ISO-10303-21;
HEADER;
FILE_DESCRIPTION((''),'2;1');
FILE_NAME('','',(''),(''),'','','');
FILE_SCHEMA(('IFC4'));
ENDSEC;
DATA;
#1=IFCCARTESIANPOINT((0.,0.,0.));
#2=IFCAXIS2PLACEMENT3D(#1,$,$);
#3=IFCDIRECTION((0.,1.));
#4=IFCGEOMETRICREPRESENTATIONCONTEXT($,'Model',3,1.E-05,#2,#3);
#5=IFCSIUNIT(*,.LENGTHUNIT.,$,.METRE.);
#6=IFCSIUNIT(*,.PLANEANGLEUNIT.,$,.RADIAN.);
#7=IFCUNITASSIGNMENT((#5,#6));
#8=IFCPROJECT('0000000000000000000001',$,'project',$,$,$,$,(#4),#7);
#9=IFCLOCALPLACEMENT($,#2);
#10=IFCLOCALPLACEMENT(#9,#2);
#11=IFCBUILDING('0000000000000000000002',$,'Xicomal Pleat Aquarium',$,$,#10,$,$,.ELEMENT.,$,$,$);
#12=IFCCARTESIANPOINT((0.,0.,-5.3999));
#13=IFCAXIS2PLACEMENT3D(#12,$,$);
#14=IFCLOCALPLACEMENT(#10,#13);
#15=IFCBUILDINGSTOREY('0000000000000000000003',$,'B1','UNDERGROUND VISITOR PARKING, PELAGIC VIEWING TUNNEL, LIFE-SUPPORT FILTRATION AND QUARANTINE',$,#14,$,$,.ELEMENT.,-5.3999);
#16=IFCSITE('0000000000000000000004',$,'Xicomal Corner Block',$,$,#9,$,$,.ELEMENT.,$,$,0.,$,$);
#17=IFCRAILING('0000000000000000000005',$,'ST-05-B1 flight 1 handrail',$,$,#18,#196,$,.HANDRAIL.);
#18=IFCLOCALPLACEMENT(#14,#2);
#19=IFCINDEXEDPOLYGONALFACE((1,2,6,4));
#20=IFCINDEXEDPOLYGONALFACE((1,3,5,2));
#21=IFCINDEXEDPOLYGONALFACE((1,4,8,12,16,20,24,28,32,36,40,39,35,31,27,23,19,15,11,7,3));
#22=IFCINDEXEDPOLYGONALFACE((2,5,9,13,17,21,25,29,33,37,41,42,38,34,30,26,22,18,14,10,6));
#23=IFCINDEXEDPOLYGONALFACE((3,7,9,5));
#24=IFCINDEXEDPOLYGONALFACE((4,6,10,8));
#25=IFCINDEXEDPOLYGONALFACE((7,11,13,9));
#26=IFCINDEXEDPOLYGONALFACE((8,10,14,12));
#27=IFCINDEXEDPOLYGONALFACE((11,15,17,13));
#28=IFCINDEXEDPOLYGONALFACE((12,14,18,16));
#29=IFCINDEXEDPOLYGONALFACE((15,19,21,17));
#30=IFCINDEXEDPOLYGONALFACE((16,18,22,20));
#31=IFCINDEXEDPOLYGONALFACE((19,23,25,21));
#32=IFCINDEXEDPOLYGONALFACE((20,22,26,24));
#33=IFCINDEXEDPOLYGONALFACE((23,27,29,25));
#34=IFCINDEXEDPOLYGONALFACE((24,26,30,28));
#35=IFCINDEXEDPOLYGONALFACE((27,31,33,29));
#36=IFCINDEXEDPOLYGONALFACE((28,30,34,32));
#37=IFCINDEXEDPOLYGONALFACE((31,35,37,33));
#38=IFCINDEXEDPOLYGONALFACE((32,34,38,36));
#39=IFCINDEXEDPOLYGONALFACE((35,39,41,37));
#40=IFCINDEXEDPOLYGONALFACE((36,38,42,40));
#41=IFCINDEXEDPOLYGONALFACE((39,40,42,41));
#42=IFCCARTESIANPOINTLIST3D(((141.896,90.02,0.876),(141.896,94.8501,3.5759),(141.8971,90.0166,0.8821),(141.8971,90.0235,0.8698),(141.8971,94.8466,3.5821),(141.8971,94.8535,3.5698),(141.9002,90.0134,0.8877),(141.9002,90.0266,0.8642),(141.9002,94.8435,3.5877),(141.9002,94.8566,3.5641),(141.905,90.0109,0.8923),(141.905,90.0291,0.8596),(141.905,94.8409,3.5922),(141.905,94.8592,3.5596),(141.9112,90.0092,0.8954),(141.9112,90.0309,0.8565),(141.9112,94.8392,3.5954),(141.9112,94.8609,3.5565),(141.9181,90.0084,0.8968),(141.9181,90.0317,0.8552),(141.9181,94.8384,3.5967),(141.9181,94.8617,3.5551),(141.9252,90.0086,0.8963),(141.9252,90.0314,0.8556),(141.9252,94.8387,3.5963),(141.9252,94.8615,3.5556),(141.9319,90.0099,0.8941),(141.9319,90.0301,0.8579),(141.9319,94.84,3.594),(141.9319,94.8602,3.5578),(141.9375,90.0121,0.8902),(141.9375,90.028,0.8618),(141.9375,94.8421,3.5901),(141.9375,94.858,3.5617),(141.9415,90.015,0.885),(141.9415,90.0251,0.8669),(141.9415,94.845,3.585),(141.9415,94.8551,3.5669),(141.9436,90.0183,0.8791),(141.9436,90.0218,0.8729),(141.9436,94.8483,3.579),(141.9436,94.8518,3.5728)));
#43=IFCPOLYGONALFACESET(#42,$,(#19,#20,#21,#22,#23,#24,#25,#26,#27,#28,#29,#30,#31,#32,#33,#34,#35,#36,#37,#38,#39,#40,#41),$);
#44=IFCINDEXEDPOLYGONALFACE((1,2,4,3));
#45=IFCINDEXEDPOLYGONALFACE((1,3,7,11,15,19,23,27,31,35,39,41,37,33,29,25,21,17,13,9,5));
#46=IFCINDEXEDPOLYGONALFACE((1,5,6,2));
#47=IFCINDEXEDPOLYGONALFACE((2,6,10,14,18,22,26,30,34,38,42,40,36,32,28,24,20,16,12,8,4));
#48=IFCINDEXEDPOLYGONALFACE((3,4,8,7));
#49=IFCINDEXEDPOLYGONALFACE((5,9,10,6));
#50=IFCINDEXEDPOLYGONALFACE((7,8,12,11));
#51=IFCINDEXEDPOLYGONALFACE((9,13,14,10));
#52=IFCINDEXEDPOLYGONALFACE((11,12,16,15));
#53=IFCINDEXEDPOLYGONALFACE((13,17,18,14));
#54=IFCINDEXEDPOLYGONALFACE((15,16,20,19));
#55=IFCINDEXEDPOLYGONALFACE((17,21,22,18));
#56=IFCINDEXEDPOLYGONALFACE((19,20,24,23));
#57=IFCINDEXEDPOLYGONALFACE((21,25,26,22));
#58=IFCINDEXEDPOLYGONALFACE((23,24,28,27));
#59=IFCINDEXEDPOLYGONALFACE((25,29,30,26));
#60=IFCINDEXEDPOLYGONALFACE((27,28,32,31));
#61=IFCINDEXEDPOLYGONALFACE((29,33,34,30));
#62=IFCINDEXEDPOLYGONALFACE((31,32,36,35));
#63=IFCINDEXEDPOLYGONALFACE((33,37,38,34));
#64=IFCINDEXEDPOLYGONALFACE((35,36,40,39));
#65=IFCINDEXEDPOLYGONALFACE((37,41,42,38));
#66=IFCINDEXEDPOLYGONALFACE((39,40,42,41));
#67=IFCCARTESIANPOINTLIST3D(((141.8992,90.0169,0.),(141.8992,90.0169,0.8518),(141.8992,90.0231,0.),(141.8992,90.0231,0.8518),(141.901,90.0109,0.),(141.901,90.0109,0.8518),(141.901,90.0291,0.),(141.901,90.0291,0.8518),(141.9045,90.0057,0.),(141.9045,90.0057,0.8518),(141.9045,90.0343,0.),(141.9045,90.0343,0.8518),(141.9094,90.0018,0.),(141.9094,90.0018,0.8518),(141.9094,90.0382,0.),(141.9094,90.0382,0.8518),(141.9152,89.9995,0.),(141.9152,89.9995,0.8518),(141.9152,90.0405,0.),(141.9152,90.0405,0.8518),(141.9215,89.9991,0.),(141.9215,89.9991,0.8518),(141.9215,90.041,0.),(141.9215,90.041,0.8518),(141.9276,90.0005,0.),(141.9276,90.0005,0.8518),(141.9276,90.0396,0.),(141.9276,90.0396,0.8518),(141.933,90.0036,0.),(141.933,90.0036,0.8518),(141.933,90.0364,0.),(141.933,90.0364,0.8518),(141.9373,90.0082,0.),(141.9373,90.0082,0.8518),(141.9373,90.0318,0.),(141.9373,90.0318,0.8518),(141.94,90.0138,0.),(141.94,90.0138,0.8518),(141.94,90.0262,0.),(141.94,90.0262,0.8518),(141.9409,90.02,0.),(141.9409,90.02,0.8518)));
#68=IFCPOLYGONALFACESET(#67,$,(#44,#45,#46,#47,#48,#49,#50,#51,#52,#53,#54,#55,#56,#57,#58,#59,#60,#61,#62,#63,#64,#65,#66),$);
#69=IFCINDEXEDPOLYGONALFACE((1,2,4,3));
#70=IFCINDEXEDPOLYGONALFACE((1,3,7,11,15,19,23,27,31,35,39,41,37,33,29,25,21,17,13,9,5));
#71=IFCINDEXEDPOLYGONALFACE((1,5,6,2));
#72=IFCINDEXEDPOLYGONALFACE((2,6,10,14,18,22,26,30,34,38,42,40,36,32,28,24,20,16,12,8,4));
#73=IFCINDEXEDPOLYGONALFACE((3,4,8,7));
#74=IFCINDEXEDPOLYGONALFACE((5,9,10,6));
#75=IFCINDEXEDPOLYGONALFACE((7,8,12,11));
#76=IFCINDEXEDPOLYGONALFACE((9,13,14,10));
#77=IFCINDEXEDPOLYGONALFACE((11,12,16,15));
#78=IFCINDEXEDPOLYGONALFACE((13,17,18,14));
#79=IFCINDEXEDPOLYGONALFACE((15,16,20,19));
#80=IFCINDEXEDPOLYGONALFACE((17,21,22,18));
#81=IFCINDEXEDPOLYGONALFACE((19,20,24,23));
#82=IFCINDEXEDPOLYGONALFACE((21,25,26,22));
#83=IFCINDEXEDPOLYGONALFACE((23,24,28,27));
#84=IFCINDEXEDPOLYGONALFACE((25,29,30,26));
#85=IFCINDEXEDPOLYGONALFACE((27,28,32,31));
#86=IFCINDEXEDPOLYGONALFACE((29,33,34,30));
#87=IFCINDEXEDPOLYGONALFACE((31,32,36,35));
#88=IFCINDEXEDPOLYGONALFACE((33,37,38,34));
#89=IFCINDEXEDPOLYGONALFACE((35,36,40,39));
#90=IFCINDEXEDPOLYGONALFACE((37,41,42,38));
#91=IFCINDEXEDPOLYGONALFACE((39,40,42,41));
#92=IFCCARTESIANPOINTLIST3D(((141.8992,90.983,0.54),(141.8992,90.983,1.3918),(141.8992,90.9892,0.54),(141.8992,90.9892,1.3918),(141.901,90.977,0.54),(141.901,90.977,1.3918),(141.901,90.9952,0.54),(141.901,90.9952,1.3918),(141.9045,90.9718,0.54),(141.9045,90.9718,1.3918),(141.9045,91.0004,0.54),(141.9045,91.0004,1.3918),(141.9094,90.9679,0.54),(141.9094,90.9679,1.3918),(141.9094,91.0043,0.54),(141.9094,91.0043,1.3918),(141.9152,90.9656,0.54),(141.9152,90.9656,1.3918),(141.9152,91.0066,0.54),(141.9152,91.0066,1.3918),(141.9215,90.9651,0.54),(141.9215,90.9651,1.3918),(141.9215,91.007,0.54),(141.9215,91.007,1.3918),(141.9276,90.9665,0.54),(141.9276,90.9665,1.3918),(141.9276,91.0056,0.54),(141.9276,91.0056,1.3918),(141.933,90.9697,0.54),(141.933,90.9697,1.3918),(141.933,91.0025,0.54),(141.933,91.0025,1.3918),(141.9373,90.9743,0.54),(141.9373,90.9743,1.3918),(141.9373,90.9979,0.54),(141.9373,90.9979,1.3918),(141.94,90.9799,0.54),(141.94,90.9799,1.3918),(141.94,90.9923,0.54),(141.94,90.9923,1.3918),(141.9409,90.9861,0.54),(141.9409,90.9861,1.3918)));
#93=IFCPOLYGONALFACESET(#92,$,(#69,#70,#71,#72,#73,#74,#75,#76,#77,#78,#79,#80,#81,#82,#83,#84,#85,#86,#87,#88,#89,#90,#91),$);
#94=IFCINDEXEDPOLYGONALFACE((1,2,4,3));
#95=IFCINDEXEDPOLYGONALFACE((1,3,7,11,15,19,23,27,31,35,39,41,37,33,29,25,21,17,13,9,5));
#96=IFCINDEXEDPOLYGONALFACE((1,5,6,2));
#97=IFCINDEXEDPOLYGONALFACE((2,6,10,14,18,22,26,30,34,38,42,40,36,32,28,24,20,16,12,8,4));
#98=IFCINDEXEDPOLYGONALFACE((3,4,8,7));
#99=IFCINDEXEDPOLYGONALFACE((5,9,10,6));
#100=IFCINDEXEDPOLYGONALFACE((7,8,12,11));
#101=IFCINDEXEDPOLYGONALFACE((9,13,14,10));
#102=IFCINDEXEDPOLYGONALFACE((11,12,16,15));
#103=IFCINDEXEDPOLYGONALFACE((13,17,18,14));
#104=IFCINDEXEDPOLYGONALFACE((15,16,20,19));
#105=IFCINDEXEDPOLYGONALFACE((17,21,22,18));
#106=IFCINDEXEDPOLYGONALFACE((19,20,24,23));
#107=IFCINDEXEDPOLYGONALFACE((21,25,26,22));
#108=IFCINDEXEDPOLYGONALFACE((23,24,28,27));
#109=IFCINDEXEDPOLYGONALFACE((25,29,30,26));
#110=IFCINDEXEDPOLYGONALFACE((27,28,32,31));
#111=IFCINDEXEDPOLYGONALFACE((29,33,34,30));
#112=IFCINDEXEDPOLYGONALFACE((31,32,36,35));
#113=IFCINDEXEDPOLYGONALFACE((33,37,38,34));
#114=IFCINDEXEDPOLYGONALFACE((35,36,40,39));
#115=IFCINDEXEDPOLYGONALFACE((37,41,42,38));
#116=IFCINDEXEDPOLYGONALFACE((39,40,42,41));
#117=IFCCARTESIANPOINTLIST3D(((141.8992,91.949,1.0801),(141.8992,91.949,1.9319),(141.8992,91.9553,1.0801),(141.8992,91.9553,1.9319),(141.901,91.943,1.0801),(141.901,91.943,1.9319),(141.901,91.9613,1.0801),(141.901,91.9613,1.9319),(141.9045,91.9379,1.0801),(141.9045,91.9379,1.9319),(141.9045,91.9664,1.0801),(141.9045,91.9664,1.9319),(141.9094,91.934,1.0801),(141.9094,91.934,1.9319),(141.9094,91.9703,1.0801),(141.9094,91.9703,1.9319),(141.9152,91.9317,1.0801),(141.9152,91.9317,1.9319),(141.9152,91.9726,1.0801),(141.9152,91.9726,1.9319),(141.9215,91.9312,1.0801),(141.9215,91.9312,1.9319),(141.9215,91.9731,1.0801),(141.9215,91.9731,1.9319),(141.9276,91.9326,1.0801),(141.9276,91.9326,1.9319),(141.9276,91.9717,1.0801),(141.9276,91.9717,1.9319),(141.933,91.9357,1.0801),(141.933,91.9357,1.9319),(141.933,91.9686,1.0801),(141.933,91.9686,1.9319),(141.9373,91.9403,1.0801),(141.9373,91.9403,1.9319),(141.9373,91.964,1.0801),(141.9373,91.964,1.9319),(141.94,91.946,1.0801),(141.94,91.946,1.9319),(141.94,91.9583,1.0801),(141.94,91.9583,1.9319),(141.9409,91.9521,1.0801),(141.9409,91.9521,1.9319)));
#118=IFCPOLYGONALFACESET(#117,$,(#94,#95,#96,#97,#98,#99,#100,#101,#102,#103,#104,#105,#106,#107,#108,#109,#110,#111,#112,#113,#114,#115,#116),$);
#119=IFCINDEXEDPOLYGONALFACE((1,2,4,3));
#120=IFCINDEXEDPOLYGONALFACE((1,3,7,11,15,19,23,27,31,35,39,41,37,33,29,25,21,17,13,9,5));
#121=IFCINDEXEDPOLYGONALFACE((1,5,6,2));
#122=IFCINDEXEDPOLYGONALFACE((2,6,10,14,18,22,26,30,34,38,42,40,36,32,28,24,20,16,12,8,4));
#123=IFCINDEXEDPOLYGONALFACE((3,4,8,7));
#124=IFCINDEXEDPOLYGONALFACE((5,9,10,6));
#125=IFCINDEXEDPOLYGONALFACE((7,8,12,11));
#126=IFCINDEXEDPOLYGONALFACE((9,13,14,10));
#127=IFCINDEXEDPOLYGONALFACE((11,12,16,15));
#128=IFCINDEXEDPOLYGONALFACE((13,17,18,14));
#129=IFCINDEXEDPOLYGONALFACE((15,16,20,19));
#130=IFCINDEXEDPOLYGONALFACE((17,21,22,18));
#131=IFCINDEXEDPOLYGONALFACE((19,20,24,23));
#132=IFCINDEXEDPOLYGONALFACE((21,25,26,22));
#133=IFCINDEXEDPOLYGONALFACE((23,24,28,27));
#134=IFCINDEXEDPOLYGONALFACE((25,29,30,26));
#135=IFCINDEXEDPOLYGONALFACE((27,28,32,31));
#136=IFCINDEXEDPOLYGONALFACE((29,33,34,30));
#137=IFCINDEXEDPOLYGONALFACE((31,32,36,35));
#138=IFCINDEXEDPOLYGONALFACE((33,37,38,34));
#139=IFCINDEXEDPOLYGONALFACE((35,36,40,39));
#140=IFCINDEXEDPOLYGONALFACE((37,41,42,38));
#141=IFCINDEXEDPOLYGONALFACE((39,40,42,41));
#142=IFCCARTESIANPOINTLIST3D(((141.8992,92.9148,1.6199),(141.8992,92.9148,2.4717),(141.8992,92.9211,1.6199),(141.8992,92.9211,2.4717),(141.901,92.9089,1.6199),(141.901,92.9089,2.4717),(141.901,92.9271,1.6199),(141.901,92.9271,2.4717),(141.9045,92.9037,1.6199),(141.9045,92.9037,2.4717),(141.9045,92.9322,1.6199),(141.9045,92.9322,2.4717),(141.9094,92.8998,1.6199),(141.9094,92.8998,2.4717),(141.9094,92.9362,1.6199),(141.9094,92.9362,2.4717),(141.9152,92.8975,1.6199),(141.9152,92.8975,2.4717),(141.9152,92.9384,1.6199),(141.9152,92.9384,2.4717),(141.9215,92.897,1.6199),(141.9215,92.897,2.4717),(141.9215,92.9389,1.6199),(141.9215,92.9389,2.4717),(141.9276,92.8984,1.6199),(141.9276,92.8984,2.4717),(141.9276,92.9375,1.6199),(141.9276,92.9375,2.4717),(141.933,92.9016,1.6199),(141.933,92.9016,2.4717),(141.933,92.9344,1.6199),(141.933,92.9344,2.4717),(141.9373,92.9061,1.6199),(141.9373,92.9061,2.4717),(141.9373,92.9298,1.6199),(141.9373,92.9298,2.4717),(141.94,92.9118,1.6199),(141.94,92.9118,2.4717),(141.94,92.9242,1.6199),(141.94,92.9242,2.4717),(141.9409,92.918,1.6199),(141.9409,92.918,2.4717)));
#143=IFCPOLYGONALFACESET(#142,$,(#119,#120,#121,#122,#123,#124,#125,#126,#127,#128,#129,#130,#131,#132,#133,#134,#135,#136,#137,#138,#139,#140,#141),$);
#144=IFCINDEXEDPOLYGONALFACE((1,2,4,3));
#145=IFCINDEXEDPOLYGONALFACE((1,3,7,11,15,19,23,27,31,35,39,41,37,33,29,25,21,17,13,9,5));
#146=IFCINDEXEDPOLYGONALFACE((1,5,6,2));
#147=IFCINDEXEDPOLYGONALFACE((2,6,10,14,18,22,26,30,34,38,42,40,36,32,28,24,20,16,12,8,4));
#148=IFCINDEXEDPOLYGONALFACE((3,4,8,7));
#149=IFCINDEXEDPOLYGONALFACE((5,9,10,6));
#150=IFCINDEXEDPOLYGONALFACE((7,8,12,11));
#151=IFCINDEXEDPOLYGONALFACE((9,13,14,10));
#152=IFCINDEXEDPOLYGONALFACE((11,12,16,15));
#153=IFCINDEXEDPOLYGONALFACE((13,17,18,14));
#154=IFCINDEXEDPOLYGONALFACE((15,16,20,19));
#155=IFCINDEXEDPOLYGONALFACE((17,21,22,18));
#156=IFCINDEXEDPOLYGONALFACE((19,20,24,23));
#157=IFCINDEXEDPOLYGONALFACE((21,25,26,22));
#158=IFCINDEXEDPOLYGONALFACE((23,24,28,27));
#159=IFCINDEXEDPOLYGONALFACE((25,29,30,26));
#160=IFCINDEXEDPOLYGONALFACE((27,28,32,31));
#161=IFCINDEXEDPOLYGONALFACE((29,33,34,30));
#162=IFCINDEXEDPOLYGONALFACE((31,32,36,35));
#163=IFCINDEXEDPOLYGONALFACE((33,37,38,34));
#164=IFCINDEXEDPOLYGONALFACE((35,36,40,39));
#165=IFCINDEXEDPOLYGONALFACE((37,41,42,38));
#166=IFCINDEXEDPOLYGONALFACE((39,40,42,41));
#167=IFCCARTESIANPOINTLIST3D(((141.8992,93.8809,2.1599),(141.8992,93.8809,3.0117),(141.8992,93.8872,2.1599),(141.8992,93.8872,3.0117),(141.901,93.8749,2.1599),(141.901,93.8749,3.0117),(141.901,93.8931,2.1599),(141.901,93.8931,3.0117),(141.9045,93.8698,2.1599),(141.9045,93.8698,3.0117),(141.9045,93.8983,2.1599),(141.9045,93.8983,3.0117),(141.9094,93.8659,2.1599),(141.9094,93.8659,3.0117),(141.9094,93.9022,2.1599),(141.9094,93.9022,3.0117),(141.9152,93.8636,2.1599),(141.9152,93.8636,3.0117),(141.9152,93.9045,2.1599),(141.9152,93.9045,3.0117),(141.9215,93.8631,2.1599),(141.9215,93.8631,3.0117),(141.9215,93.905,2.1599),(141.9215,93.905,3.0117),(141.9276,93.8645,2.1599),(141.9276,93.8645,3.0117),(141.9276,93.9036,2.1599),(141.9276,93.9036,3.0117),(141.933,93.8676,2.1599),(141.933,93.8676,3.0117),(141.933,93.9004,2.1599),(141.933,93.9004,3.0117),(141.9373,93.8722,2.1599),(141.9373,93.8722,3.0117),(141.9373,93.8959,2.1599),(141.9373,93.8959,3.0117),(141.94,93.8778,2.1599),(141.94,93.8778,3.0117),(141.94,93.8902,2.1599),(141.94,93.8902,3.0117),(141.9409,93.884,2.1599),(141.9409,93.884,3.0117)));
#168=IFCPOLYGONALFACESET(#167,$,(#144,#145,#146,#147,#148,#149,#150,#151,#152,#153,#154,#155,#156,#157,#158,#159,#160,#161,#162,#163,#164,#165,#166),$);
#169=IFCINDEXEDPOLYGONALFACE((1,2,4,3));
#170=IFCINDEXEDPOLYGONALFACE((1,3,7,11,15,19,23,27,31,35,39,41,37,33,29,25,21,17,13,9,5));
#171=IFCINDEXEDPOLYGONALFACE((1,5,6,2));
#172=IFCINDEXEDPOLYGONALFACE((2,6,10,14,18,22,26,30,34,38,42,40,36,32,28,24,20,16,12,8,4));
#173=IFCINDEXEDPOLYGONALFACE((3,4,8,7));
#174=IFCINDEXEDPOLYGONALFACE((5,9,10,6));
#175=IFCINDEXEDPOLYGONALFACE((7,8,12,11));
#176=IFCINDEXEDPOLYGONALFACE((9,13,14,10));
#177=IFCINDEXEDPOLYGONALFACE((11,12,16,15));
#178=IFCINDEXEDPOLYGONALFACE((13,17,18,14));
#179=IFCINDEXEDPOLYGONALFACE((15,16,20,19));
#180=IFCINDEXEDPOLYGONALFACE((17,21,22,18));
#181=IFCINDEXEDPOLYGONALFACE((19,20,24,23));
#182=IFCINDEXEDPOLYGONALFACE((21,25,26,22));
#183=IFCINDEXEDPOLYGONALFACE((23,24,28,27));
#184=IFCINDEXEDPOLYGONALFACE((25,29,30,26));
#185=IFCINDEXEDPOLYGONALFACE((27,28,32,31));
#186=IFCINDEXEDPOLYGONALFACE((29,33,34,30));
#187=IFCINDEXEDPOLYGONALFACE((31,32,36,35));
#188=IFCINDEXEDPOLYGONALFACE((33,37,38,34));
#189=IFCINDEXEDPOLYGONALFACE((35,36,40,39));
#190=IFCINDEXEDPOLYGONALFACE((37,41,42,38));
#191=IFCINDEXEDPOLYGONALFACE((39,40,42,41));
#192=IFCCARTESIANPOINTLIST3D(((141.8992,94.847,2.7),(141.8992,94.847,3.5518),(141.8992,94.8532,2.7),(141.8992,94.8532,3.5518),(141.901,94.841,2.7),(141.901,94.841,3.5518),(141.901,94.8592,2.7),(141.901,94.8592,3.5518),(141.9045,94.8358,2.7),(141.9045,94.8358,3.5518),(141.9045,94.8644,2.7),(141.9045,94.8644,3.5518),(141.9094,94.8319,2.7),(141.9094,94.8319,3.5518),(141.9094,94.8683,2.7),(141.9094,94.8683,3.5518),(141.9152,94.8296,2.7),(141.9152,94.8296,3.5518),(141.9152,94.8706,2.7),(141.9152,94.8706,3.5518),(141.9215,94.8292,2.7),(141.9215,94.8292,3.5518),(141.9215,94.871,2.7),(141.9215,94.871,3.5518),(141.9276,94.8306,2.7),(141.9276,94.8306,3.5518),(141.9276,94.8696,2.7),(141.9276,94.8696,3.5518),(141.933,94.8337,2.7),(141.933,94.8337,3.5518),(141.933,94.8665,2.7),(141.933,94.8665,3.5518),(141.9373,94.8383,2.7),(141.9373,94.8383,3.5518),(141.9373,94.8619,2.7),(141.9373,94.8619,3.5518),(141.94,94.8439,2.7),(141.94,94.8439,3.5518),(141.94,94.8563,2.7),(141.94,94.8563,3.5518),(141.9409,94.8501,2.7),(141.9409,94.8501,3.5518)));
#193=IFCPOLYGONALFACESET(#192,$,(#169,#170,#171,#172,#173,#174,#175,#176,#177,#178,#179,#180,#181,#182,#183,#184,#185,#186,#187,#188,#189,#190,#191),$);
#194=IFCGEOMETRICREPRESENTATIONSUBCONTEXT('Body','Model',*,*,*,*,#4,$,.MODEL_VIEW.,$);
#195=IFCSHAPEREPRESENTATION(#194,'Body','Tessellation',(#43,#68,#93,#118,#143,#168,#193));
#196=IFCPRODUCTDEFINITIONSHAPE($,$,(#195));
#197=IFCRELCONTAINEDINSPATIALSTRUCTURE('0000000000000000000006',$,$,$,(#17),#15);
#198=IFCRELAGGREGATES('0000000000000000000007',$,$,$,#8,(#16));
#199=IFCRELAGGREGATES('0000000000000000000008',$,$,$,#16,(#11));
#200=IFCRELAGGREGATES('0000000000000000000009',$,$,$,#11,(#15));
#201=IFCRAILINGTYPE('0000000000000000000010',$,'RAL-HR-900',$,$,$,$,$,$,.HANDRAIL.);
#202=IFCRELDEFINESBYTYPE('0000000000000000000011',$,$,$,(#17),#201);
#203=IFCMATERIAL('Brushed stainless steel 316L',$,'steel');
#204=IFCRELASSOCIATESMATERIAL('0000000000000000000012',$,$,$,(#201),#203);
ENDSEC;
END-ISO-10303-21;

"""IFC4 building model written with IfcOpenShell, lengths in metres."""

from ifc_helpers import new_model, si_unit, direction, frame, origin, origin_2d, place, context, subcontext, project, spatial, circle, extrude, material, type_object, element, save


model = new_model("IFC4")

# Units and contexts
model_context = context("Model", 3, precision=1e-05, world=origin(), true_north=direction((0.0, 1.0)))
body_context = subcontext(model_context, "Body", "Model", "MODEL_VIEW")
ifc_project = project(units=[si_unit("LENGTHUNIT", "METRE"), si_unit("PLANEANGLEUNIT", "RADIAN")], contexts=[model_context])

# Site, building, storey
site_placement = place(None, origin())
site = spatial("IfcSite", under=ifc_project, at=site_placement, Name="Xicomal Corner Block", CompositionType="ELEMENT", RefElevation=0.0)
building_placement = place(site_placement, origin())
building = spatial("IfcBuilding", under=site, at=building_placement, Name="Xicomal Pleat Aquarium", CompositionType="ELEMENT")
storey_placement = place(building_placement, frame((0.0, 0.0, -5.3999)))
storey = spatial("IfcBuildingStorey", under=building, at=storey_placement, Name="B1", Description="UNDERGROUND VISITOR PARKING, PELAGIC VIEWING TUNNEL, LIFE-SUPPORT FILTRATION AND QUARANTINE", CompositionType="ELEMENT", Elevation=-5.3999)

# Railing
ifc_material_1 = material(Name="Brushed stainless steel 316L", Category="steel")
railing_type_1 = type_object("IfcRailingType", Name="RAL-HR-900", PredefinedType="HANDRAIL", material=ifc_material_1)
railing_1_placement = place(storey_placement, frame((141.9199, 90.02, 0.0)))
element("IfcRailing", 1, at=railing_1_placement, inside=storey, type_object=railing_type_1, Name="ST-05-B1 flight 1 handrail", PredefinedType="HANDRAIL", context=body_context, shape_type="SweptSolid", body=[
    extrude(circle(Radius=0.0239, at=origin_2d()), frame((0.0, 0.0, 0.876), z_axis=(0.0, 0.872883, 0.48793), x_axis=(-1.0, 0.0, 0.0)), (0.0, 0.0, 1.0), 5.5334),
    extrude(circle(Radius=0.021, at=origin_2d()), origin(), (0.0, 0.0, 1.0), 0.8518),
    extrude(circle(Radius=0.021, at=origin_2d()), frame((0.0, 0.9661, 0.54)), (0.0, 0.0, 1.0), 0.8518),
    extrude(circle(Radius=0.021, at=origin_2d()), frame((0.0, 1.9321, 1.0801)), (0.0, 0.0, 1.0), 0.8518),
    extrude(circle(Radius=0.021, at=origin_2d()), frame((0.0, 2.8979, 1.6199)), (0.0, 0.0, 1.0), 0.8518),
    extrude(circle(Radius=0.021, at=origin_2d()), frame((0.0, 3.864, 2.1599)), (0.0, 0.0, 1.0), 0.8518),
    extrude(circle(Radius=0.021, at=origin_2d()), frame((0.0, 4.8301, 2.7)), (0.0, 0.0, 1.0), 0.8518),
])

save(model, "model.ifc")
